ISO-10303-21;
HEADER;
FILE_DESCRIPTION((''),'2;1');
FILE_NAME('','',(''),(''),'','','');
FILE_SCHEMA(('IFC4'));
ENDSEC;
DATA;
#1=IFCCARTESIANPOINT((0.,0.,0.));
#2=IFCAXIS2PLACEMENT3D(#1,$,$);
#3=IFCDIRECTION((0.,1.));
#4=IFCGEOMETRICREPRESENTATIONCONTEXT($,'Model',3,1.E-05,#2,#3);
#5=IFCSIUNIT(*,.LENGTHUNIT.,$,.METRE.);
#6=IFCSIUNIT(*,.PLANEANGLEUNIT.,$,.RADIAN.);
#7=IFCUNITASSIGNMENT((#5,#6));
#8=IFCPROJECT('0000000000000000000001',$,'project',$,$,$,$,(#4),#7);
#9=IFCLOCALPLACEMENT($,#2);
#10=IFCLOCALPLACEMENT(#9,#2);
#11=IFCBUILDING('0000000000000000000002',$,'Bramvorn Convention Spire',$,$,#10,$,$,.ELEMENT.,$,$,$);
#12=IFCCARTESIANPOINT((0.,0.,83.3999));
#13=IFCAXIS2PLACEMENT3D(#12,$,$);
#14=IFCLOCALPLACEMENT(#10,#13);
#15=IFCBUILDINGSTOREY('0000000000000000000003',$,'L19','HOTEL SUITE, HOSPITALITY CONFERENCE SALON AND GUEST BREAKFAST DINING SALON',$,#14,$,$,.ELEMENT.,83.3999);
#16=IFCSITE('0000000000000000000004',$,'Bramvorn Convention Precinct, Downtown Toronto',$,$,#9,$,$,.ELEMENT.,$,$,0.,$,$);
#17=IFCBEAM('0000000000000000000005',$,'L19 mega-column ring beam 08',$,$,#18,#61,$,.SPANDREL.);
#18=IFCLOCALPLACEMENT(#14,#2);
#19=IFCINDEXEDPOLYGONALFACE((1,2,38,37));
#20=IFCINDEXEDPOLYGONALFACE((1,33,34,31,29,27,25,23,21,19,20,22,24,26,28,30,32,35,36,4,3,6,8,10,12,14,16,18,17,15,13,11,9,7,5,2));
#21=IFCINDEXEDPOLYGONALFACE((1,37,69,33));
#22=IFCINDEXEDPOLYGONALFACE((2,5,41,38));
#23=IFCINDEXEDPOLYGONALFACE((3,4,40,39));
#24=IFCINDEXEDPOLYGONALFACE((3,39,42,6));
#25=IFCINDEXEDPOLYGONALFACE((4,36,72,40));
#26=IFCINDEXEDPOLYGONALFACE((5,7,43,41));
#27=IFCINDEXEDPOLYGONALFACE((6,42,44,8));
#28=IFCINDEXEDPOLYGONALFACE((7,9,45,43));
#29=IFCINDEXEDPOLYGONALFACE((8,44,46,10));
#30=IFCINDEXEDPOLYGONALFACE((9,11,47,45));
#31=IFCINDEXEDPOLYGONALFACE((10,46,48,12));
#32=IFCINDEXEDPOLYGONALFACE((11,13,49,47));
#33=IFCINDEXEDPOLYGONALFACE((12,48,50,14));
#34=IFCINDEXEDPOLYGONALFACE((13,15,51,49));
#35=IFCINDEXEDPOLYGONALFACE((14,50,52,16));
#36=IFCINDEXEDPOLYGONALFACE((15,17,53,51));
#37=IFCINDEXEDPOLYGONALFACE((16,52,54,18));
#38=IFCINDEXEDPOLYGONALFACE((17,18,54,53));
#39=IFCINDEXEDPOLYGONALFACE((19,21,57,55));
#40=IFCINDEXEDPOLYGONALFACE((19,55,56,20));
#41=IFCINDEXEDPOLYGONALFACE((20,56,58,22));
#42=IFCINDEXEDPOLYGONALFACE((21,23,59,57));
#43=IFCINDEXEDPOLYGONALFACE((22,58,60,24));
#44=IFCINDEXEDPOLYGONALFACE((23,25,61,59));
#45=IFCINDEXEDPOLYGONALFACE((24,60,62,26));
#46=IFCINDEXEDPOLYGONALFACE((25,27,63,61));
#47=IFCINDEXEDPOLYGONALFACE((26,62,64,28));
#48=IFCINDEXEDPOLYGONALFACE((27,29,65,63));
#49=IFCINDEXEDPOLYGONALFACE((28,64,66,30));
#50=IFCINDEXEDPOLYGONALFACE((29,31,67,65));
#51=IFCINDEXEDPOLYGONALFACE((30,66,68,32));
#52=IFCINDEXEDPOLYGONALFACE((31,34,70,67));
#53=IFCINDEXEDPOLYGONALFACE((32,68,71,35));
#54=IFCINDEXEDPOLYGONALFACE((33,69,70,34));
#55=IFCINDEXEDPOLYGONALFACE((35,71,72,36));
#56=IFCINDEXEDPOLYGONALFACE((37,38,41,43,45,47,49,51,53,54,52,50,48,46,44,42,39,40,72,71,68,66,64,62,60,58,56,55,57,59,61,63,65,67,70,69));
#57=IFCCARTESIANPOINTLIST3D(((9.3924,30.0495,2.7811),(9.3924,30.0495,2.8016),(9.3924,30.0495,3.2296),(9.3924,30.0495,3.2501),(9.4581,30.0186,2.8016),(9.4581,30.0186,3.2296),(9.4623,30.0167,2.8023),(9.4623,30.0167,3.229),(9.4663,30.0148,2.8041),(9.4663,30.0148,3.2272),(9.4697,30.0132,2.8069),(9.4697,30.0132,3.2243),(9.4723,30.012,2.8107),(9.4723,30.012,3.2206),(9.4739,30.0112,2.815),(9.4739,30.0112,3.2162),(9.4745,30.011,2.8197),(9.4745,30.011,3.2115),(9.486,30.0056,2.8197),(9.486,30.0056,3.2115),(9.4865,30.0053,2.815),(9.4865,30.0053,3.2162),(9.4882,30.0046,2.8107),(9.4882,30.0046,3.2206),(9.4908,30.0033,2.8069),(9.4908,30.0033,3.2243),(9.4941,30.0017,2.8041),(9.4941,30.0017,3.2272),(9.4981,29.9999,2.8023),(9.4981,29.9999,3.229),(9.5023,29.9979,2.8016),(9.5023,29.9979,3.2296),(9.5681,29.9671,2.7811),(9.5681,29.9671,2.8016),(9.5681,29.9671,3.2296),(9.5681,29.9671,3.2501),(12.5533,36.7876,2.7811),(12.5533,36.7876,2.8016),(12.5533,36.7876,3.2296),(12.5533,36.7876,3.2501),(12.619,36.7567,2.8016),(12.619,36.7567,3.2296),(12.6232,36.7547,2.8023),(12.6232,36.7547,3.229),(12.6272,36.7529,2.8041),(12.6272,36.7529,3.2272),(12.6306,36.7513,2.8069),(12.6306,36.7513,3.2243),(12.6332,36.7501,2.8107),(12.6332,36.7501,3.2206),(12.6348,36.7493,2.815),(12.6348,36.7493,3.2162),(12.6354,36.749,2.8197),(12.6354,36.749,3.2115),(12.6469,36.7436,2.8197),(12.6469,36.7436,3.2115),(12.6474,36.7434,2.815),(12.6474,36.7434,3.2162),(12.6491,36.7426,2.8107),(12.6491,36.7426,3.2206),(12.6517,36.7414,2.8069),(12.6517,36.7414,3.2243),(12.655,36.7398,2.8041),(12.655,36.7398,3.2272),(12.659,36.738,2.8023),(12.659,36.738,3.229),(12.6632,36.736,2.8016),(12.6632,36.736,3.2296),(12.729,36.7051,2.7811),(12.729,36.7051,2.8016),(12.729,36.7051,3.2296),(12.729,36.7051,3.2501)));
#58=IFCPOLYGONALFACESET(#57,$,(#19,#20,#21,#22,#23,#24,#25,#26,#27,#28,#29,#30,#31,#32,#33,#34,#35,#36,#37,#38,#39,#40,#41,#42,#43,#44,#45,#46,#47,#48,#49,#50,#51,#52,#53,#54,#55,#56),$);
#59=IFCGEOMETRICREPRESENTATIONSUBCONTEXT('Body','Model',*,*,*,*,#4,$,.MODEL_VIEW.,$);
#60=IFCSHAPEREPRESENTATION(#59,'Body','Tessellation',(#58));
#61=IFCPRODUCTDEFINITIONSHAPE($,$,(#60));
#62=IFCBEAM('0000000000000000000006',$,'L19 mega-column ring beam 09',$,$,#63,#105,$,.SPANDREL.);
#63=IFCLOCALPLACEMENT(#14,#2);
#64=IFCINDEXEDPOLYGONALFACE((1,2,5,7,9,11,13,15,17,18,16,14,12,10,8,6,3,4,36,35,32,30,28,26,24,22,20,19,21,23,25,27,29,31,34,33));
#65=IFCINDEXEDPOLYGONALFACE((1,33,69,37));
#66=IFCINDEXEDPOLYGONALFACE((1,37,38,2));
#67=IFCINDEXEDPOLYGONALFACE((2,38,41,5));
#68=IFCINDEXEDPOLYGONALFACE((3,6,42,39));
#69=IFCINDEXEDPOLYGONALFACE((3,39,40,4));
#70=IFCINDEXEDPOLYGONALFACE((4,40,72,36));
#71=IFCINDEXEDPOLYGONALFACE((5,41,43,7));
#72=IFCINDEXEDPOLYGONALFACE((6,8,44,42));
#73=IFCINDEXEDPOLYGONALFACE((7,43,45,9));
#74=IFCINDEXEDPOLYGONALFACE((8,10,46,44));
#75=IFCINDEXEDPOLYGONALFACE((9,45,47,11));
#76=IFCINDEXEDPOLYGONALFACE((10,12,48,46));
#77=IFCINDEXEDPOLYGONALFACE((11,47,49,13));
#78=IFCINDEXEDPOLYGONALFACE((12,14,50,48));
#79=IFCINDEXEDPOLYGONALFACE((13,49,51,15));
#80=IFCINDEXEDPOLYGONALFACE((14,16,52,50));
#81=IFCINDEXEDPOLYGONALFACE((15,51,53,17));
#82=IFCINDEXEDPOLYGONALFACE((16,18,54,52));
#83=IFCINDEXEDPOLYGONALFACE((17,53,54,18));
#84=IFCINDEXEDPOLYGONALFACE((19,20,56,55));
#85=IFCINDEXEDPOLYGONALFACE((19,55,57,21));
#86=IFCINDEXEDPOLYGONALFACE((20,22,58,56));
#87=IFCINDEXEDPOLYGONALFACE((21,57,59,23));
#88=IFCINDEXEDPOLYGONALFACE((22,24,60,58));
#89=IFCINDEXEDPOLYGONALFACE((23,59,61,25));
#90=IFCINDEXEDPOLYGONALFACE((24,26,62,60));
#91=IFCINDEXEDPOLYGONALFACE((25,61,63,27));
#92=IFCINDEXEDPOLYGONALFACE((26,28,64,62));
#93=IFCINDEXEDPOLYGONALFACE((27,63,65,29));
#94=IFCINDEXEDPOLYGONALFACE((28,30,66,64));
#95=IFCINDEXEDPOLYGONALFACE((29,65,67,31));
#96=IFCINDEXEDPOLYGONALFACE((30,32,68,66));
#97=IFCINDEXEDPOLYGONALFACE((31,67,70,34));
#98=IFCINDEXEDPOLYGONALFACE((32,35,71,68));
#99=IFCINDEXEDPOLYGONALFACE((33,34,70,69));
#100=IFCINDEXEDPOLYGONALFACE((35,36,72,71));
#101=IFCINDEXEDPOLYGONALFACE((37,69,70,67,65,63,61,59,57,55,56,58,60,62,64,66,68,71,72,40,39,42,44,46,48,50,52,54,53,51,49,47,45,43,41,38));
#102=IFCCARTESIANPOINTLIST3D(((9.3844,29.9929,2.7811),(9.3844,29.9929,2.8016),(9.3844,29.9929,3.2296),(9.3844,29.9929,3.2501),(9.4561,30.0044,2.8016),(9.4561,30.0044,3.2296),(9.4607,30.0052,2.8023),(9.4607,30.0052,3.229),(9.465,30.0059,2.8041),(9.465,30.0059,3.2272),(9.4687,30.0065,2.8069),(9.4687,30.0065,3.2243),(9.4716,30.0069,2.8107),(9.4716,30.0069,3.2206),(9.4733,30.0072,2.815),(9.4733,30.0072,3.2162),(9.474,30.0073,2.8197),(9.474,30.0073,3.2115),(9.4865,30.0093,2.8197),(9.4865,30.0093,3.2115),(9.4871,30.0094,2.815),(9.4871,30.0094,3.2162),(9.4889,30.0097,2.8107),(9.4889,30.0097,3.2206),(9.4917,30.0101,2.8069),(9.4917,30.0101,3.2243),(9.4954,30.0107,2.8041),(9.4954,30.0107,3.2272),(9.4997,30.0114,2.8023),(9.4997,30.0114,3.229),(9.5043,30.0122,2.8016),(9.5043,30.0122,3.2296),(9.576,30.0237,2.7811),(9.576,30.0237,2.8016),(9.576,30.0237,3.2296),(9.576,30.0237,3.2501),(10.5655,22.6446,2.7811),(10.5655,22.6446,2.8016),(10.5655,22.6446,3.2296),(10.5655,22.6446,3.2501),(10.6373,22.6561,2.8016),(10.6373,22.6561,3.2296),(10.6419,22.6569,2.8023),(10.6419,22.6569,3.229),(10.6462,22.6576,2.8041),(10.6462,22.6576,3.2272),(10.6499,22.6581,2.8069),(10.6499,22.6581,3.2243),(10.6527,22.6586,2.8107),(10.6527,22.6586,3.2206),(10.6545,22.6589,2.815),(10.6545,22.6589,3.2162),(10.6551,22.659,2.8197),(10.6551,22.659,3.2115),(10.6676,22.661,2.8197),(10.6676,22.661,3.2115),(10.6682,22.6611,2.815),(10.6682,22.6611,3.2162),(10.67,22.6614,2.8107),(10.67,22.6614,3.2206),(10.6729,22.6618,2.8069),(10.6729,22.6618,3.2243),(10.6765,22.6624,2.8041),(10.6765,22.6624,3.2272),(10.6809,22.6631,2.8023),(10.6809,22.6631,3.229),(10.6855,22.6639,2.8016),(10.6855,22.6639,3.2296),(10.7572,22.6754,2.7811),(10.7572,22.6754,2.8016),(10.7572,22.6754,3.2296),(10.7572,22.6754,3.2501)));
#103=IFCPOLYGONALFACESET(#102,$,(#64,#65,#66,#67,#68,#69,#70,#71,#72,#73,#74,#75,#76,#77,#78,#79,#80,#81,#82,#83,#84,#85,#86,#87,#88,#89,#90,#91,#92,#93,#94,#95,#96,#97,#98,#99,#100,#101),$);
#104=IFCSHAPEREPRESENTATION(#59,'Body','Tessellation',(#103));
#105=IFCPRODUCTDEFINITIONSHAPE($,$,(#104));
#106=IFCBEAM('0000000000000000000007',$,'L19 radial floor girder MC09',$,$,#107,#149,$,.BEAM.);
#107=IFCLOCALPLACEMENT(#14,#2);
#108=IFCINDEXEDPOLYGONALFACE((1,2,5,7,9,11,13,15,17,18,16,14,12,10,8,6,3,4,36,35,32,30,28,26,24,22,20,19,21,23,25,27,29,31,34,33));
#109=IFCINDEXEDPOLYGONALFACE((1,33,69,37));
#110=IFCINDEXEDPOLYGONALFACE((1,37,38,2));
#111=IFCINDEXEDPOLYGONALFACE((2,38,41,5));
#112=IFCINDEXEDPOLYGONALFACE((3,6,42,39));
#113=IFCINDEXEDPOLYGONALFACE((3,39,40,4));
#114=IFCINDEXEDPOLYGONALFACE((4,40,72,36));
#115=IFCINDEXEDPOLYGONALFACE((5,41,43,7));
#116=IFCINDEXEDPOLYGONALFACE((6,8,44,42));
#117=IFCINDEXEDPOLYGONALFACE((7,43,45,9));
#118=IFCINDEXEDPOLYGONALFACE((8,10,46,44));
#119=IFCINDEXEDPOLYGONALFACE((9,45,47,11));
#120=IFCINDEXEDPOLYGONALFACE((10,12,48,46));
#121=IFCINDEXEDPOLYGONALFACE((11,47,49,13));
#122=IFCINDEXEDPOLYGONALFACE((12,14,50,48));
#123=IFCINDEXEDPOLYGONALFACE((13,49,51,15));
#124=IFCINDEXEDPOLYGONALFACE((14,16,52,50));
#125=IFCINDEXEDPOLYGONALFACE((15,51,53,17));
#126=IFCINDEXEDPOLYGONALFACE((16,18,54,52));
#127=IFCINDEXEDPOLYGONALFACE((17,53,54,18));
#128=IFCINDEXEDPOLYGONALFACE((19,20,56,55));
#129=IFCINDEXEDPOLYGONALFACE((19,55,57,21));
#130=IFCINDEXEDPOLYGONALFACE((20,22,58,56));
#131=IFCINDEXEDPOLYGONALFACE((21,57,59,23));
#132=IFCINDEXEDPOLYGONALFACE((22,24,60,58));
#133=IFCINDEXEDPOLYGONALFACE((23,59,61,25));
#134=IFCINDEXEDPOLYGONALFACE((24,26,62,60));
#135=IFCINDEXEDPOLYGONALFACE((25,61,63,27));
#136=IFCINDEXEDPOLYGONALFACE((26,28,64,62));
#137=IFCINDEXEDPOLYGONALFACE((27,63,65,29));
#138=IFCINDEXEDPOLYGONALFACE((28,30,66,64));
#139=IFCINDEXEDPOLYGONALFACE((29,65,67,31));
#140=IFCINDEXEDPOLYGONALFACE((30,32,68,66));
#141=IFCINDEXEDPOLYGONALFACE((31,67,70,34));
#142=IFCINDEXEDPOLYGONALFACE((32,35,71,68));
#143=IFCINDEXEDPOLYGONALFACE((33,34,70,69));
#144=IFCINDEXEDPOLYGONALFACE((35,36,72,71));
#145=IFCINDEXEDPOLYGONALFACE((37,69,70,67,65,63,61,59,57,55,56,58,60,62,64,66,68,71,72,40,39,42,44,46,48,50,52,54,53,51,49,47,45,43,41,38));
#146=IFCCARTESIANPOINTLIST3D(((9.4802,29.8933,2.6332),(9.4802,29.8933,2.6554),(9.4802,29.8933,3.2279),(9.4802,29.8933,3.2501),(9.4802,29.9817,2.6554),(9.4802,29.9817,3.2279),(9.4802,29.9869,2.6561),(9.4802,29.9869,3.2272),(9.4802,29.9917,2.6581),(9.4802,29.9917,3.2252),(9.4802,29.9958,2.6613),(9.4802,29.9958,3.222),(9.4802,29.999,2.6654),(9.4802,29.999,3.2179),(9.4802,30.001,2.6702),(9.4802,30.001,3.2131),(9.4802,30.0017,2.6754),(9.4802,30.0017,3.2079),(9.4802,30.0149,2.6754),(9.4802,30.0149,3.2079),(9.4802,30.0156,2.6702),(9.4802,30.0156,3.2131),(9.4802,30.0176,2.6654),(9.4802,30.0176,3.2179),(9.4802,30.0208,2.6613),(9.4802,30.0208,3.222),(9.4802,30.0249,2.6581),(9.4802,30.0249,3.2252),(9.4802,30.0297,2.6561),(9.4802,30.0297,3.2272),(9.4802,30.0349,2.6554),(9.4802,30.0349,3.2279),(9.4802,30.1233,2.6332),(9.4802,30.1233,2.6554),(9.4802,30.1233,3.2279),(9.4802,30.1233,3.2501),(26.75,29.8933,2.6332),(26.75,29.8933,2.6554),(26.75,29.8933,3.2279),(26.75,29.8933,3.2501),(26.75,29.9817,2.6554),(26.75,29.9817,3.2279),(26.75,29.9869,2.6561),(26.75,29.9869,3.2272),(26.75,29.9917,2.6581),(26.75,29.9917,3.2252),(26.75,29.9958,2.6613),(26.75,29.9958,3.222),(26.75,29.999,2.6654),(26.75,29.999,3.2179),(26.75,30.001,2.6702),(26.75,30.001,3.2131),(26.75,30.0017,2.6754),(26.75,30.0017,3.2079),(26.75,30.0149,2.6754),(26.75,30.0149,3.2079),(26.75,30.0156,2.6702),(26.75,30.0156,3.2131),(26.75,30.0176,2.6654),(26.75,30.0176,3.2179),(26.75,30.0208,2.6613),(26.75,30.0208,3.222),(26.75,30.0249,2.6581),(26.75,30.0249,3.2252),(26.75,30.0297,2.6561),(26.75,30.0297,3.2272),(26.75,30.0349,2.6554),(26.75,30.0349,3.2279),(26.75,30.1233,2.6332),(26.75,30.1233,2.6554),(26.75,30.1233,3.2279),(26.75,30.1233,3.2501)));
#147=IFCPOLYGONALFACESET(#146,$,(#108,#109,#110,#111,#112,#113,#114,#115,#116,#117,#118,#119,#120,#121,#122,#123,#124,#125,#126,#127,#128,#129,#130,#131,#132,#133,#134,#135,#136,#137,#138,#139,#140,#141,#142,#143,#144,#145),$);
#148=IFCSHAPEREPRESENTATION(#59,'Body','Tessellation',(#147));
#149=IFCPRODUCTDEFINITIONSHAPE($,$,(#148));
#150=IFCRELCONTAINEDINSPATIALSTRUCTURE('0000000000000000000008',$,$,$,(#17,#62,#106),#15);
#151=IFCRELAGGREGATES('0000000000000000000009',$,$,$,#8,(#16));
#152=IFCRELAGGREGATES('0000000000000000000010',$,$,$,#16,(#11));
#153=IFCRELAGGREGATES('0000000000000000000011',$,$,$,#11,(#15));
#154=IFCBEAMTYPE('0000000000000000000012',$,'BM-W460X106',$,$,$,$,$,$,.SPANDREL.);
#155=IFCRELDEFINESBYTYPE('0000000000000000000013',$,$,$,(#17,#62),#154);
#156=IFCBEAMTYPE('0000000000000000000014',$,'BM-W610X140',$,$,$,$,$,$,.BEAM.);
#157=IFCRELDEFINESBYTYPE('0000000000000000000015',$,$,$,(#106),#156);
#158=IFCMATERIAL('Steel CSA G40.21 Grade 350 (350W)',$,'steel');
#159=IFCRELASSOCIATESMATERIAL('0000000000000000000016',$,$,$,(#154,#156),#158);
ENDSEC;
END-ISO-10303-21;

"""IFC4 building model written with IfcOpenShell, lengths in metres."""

from ifc_helpers import new_model, si_unit, direction, frame, origin, origin_2d, place, context, subcontext, project, spatial, i_section, extrude, material, material_profile, profile_set, type_object, element, save


model = new_model("IFC4")

# Units and contexts
model_context = context("Model", 3, precision=1e-05, world=origin(), true_north=direction((0.0, 1.0)))
body_context = subcontext(model_context, "Body", "Model", "MODEL_VIEW")
ifc_project = project(units=[si_unit("LENGTHUNIT", "METRE"), si_unit("PLANEANGLEUNIT", "RADIAN")], contexts=[model_context])

# Site, building, storey
site_placement = place(None, origin())
site = spatial("IfcSite", under=ifc_project, at=site_placement, Name="Bramvorn Convention Precinct, Downtown Toronto", CompositionType="ELEMENT", RefElevation=0.0)
building_placement = place(site_placement, origin())
building = spatial("IfcBuilding", under=site, at=building_placement, Name="Bramvorn Convention Spire", CompositionType="ELEMENT")
storey_placement = place(building_placement, frame((0.0, 0.0, 83.3999)))
storey = spatial("IfcBuildingStorey", under=building, at=storey_placement, Name="L19", Description="HOTEL SUITE, HOSPITALITY CONFERENCE SALON AND GUEST BREAKFAST DINING SALON", CompositionType="ELEMENT", Elevation=83.3999)

# Shared definitions
ifc_material_1 = material(Name="Steel CSA G40.21 Grade 350 (350W)", Category="steel")

# Beams
ifc_material_profile_1 = material_profile(ifc_material_1, i_section(OverallWidth=0.1941, OverallDepth=0.469, WebThickness=0.0127, FlangeThickness=0.0205, FilletRadius=0.0181, at=origin_2d()))
ifc_profile_set_1 = profile_set([ifc_material_profile_1], Name="Steel CSA G40.21 Grade 350 (350W) - W460X106")
beam_type_1 = type_object("IfcBeamType", Name="BM-W460X106", PredefinedType="SPANDREL", material=ifc_profile_set_1)
for number, where, z_axis, x_axis, name in (
    (1, (12.6411, 36.7463, 3.0156), (-0.424702, -0.905333, 0.0), (0.905333, -0.424702, 0.0), "L19 mega-column ring beam 08"),
    (2, (9.4802, 30.0083, 3.0156), (0.158699, -0.987327, 0.0), (0.987327, 0.158699, 0.0), "L19 mega-column ring beam 09"),
):
    element("IfcBeam", number, at=place(storey_placement, frame(where, z_axis=z_axis, x_axis=x_axis)), inside=storey, type_object=beam_type_1, Name=name, PredefinedType="SPANDREL", context=body_context, shape_type="SweptSolid", body=[
        extrude(i_section(OverallWidth=0.1941, OverallDepth=0.469, WebThickness=0.0127, FlangeThickness=0.0205, FilletRadius=0.0181, at=origin_2d()), origin(), (0.0, 0.0, 1.0), 7.4426),
    ])
ifc_material_profile_2 = material_profile(ifc_material_1, i_section(OverallWidth=0.23, OverallDepth=0.6169, WebThickness=0.0132, FlangeThickness=0.0222, FilletRadius=0.02, at=origin_2d()))
ifc_profile_set_2 = profile_set([ifc_material_profile_2], Name="Steel CSA G40.21 Grade 350 (350W) - W610X140")
beam_type_2 = type_object("IfcBeamType", Name="BM-W610X140", PredefinedType="BEAM", material=ifc_profile_set_2)
beam_1_placement = place(storey_placement, frame((26.75, 30.0083, 2.9417), z_axis=(-1.0, 0.0, 0.0), x_axis=(0.0, -1.0, 0.0)))
element("IfcBeam", 3, at=beam_1_placement, inside=storey, type_object=beam_type_2, Name="L19 radial floor girder MC09", PredefinedType="BEAM", context=body_context, shape_type="SweptSolid", body=[
    extrude(i_section(OverallWidth=0.23, OverallDepth=0.6169, WebThickness=0.0132, FlangeThickness=0.0222, FilletRadius=0.02, at=origin_2d()), origin(), (0.0, 0.0, 1.0), 17.2698),
])

save(model, "model.ifc")
